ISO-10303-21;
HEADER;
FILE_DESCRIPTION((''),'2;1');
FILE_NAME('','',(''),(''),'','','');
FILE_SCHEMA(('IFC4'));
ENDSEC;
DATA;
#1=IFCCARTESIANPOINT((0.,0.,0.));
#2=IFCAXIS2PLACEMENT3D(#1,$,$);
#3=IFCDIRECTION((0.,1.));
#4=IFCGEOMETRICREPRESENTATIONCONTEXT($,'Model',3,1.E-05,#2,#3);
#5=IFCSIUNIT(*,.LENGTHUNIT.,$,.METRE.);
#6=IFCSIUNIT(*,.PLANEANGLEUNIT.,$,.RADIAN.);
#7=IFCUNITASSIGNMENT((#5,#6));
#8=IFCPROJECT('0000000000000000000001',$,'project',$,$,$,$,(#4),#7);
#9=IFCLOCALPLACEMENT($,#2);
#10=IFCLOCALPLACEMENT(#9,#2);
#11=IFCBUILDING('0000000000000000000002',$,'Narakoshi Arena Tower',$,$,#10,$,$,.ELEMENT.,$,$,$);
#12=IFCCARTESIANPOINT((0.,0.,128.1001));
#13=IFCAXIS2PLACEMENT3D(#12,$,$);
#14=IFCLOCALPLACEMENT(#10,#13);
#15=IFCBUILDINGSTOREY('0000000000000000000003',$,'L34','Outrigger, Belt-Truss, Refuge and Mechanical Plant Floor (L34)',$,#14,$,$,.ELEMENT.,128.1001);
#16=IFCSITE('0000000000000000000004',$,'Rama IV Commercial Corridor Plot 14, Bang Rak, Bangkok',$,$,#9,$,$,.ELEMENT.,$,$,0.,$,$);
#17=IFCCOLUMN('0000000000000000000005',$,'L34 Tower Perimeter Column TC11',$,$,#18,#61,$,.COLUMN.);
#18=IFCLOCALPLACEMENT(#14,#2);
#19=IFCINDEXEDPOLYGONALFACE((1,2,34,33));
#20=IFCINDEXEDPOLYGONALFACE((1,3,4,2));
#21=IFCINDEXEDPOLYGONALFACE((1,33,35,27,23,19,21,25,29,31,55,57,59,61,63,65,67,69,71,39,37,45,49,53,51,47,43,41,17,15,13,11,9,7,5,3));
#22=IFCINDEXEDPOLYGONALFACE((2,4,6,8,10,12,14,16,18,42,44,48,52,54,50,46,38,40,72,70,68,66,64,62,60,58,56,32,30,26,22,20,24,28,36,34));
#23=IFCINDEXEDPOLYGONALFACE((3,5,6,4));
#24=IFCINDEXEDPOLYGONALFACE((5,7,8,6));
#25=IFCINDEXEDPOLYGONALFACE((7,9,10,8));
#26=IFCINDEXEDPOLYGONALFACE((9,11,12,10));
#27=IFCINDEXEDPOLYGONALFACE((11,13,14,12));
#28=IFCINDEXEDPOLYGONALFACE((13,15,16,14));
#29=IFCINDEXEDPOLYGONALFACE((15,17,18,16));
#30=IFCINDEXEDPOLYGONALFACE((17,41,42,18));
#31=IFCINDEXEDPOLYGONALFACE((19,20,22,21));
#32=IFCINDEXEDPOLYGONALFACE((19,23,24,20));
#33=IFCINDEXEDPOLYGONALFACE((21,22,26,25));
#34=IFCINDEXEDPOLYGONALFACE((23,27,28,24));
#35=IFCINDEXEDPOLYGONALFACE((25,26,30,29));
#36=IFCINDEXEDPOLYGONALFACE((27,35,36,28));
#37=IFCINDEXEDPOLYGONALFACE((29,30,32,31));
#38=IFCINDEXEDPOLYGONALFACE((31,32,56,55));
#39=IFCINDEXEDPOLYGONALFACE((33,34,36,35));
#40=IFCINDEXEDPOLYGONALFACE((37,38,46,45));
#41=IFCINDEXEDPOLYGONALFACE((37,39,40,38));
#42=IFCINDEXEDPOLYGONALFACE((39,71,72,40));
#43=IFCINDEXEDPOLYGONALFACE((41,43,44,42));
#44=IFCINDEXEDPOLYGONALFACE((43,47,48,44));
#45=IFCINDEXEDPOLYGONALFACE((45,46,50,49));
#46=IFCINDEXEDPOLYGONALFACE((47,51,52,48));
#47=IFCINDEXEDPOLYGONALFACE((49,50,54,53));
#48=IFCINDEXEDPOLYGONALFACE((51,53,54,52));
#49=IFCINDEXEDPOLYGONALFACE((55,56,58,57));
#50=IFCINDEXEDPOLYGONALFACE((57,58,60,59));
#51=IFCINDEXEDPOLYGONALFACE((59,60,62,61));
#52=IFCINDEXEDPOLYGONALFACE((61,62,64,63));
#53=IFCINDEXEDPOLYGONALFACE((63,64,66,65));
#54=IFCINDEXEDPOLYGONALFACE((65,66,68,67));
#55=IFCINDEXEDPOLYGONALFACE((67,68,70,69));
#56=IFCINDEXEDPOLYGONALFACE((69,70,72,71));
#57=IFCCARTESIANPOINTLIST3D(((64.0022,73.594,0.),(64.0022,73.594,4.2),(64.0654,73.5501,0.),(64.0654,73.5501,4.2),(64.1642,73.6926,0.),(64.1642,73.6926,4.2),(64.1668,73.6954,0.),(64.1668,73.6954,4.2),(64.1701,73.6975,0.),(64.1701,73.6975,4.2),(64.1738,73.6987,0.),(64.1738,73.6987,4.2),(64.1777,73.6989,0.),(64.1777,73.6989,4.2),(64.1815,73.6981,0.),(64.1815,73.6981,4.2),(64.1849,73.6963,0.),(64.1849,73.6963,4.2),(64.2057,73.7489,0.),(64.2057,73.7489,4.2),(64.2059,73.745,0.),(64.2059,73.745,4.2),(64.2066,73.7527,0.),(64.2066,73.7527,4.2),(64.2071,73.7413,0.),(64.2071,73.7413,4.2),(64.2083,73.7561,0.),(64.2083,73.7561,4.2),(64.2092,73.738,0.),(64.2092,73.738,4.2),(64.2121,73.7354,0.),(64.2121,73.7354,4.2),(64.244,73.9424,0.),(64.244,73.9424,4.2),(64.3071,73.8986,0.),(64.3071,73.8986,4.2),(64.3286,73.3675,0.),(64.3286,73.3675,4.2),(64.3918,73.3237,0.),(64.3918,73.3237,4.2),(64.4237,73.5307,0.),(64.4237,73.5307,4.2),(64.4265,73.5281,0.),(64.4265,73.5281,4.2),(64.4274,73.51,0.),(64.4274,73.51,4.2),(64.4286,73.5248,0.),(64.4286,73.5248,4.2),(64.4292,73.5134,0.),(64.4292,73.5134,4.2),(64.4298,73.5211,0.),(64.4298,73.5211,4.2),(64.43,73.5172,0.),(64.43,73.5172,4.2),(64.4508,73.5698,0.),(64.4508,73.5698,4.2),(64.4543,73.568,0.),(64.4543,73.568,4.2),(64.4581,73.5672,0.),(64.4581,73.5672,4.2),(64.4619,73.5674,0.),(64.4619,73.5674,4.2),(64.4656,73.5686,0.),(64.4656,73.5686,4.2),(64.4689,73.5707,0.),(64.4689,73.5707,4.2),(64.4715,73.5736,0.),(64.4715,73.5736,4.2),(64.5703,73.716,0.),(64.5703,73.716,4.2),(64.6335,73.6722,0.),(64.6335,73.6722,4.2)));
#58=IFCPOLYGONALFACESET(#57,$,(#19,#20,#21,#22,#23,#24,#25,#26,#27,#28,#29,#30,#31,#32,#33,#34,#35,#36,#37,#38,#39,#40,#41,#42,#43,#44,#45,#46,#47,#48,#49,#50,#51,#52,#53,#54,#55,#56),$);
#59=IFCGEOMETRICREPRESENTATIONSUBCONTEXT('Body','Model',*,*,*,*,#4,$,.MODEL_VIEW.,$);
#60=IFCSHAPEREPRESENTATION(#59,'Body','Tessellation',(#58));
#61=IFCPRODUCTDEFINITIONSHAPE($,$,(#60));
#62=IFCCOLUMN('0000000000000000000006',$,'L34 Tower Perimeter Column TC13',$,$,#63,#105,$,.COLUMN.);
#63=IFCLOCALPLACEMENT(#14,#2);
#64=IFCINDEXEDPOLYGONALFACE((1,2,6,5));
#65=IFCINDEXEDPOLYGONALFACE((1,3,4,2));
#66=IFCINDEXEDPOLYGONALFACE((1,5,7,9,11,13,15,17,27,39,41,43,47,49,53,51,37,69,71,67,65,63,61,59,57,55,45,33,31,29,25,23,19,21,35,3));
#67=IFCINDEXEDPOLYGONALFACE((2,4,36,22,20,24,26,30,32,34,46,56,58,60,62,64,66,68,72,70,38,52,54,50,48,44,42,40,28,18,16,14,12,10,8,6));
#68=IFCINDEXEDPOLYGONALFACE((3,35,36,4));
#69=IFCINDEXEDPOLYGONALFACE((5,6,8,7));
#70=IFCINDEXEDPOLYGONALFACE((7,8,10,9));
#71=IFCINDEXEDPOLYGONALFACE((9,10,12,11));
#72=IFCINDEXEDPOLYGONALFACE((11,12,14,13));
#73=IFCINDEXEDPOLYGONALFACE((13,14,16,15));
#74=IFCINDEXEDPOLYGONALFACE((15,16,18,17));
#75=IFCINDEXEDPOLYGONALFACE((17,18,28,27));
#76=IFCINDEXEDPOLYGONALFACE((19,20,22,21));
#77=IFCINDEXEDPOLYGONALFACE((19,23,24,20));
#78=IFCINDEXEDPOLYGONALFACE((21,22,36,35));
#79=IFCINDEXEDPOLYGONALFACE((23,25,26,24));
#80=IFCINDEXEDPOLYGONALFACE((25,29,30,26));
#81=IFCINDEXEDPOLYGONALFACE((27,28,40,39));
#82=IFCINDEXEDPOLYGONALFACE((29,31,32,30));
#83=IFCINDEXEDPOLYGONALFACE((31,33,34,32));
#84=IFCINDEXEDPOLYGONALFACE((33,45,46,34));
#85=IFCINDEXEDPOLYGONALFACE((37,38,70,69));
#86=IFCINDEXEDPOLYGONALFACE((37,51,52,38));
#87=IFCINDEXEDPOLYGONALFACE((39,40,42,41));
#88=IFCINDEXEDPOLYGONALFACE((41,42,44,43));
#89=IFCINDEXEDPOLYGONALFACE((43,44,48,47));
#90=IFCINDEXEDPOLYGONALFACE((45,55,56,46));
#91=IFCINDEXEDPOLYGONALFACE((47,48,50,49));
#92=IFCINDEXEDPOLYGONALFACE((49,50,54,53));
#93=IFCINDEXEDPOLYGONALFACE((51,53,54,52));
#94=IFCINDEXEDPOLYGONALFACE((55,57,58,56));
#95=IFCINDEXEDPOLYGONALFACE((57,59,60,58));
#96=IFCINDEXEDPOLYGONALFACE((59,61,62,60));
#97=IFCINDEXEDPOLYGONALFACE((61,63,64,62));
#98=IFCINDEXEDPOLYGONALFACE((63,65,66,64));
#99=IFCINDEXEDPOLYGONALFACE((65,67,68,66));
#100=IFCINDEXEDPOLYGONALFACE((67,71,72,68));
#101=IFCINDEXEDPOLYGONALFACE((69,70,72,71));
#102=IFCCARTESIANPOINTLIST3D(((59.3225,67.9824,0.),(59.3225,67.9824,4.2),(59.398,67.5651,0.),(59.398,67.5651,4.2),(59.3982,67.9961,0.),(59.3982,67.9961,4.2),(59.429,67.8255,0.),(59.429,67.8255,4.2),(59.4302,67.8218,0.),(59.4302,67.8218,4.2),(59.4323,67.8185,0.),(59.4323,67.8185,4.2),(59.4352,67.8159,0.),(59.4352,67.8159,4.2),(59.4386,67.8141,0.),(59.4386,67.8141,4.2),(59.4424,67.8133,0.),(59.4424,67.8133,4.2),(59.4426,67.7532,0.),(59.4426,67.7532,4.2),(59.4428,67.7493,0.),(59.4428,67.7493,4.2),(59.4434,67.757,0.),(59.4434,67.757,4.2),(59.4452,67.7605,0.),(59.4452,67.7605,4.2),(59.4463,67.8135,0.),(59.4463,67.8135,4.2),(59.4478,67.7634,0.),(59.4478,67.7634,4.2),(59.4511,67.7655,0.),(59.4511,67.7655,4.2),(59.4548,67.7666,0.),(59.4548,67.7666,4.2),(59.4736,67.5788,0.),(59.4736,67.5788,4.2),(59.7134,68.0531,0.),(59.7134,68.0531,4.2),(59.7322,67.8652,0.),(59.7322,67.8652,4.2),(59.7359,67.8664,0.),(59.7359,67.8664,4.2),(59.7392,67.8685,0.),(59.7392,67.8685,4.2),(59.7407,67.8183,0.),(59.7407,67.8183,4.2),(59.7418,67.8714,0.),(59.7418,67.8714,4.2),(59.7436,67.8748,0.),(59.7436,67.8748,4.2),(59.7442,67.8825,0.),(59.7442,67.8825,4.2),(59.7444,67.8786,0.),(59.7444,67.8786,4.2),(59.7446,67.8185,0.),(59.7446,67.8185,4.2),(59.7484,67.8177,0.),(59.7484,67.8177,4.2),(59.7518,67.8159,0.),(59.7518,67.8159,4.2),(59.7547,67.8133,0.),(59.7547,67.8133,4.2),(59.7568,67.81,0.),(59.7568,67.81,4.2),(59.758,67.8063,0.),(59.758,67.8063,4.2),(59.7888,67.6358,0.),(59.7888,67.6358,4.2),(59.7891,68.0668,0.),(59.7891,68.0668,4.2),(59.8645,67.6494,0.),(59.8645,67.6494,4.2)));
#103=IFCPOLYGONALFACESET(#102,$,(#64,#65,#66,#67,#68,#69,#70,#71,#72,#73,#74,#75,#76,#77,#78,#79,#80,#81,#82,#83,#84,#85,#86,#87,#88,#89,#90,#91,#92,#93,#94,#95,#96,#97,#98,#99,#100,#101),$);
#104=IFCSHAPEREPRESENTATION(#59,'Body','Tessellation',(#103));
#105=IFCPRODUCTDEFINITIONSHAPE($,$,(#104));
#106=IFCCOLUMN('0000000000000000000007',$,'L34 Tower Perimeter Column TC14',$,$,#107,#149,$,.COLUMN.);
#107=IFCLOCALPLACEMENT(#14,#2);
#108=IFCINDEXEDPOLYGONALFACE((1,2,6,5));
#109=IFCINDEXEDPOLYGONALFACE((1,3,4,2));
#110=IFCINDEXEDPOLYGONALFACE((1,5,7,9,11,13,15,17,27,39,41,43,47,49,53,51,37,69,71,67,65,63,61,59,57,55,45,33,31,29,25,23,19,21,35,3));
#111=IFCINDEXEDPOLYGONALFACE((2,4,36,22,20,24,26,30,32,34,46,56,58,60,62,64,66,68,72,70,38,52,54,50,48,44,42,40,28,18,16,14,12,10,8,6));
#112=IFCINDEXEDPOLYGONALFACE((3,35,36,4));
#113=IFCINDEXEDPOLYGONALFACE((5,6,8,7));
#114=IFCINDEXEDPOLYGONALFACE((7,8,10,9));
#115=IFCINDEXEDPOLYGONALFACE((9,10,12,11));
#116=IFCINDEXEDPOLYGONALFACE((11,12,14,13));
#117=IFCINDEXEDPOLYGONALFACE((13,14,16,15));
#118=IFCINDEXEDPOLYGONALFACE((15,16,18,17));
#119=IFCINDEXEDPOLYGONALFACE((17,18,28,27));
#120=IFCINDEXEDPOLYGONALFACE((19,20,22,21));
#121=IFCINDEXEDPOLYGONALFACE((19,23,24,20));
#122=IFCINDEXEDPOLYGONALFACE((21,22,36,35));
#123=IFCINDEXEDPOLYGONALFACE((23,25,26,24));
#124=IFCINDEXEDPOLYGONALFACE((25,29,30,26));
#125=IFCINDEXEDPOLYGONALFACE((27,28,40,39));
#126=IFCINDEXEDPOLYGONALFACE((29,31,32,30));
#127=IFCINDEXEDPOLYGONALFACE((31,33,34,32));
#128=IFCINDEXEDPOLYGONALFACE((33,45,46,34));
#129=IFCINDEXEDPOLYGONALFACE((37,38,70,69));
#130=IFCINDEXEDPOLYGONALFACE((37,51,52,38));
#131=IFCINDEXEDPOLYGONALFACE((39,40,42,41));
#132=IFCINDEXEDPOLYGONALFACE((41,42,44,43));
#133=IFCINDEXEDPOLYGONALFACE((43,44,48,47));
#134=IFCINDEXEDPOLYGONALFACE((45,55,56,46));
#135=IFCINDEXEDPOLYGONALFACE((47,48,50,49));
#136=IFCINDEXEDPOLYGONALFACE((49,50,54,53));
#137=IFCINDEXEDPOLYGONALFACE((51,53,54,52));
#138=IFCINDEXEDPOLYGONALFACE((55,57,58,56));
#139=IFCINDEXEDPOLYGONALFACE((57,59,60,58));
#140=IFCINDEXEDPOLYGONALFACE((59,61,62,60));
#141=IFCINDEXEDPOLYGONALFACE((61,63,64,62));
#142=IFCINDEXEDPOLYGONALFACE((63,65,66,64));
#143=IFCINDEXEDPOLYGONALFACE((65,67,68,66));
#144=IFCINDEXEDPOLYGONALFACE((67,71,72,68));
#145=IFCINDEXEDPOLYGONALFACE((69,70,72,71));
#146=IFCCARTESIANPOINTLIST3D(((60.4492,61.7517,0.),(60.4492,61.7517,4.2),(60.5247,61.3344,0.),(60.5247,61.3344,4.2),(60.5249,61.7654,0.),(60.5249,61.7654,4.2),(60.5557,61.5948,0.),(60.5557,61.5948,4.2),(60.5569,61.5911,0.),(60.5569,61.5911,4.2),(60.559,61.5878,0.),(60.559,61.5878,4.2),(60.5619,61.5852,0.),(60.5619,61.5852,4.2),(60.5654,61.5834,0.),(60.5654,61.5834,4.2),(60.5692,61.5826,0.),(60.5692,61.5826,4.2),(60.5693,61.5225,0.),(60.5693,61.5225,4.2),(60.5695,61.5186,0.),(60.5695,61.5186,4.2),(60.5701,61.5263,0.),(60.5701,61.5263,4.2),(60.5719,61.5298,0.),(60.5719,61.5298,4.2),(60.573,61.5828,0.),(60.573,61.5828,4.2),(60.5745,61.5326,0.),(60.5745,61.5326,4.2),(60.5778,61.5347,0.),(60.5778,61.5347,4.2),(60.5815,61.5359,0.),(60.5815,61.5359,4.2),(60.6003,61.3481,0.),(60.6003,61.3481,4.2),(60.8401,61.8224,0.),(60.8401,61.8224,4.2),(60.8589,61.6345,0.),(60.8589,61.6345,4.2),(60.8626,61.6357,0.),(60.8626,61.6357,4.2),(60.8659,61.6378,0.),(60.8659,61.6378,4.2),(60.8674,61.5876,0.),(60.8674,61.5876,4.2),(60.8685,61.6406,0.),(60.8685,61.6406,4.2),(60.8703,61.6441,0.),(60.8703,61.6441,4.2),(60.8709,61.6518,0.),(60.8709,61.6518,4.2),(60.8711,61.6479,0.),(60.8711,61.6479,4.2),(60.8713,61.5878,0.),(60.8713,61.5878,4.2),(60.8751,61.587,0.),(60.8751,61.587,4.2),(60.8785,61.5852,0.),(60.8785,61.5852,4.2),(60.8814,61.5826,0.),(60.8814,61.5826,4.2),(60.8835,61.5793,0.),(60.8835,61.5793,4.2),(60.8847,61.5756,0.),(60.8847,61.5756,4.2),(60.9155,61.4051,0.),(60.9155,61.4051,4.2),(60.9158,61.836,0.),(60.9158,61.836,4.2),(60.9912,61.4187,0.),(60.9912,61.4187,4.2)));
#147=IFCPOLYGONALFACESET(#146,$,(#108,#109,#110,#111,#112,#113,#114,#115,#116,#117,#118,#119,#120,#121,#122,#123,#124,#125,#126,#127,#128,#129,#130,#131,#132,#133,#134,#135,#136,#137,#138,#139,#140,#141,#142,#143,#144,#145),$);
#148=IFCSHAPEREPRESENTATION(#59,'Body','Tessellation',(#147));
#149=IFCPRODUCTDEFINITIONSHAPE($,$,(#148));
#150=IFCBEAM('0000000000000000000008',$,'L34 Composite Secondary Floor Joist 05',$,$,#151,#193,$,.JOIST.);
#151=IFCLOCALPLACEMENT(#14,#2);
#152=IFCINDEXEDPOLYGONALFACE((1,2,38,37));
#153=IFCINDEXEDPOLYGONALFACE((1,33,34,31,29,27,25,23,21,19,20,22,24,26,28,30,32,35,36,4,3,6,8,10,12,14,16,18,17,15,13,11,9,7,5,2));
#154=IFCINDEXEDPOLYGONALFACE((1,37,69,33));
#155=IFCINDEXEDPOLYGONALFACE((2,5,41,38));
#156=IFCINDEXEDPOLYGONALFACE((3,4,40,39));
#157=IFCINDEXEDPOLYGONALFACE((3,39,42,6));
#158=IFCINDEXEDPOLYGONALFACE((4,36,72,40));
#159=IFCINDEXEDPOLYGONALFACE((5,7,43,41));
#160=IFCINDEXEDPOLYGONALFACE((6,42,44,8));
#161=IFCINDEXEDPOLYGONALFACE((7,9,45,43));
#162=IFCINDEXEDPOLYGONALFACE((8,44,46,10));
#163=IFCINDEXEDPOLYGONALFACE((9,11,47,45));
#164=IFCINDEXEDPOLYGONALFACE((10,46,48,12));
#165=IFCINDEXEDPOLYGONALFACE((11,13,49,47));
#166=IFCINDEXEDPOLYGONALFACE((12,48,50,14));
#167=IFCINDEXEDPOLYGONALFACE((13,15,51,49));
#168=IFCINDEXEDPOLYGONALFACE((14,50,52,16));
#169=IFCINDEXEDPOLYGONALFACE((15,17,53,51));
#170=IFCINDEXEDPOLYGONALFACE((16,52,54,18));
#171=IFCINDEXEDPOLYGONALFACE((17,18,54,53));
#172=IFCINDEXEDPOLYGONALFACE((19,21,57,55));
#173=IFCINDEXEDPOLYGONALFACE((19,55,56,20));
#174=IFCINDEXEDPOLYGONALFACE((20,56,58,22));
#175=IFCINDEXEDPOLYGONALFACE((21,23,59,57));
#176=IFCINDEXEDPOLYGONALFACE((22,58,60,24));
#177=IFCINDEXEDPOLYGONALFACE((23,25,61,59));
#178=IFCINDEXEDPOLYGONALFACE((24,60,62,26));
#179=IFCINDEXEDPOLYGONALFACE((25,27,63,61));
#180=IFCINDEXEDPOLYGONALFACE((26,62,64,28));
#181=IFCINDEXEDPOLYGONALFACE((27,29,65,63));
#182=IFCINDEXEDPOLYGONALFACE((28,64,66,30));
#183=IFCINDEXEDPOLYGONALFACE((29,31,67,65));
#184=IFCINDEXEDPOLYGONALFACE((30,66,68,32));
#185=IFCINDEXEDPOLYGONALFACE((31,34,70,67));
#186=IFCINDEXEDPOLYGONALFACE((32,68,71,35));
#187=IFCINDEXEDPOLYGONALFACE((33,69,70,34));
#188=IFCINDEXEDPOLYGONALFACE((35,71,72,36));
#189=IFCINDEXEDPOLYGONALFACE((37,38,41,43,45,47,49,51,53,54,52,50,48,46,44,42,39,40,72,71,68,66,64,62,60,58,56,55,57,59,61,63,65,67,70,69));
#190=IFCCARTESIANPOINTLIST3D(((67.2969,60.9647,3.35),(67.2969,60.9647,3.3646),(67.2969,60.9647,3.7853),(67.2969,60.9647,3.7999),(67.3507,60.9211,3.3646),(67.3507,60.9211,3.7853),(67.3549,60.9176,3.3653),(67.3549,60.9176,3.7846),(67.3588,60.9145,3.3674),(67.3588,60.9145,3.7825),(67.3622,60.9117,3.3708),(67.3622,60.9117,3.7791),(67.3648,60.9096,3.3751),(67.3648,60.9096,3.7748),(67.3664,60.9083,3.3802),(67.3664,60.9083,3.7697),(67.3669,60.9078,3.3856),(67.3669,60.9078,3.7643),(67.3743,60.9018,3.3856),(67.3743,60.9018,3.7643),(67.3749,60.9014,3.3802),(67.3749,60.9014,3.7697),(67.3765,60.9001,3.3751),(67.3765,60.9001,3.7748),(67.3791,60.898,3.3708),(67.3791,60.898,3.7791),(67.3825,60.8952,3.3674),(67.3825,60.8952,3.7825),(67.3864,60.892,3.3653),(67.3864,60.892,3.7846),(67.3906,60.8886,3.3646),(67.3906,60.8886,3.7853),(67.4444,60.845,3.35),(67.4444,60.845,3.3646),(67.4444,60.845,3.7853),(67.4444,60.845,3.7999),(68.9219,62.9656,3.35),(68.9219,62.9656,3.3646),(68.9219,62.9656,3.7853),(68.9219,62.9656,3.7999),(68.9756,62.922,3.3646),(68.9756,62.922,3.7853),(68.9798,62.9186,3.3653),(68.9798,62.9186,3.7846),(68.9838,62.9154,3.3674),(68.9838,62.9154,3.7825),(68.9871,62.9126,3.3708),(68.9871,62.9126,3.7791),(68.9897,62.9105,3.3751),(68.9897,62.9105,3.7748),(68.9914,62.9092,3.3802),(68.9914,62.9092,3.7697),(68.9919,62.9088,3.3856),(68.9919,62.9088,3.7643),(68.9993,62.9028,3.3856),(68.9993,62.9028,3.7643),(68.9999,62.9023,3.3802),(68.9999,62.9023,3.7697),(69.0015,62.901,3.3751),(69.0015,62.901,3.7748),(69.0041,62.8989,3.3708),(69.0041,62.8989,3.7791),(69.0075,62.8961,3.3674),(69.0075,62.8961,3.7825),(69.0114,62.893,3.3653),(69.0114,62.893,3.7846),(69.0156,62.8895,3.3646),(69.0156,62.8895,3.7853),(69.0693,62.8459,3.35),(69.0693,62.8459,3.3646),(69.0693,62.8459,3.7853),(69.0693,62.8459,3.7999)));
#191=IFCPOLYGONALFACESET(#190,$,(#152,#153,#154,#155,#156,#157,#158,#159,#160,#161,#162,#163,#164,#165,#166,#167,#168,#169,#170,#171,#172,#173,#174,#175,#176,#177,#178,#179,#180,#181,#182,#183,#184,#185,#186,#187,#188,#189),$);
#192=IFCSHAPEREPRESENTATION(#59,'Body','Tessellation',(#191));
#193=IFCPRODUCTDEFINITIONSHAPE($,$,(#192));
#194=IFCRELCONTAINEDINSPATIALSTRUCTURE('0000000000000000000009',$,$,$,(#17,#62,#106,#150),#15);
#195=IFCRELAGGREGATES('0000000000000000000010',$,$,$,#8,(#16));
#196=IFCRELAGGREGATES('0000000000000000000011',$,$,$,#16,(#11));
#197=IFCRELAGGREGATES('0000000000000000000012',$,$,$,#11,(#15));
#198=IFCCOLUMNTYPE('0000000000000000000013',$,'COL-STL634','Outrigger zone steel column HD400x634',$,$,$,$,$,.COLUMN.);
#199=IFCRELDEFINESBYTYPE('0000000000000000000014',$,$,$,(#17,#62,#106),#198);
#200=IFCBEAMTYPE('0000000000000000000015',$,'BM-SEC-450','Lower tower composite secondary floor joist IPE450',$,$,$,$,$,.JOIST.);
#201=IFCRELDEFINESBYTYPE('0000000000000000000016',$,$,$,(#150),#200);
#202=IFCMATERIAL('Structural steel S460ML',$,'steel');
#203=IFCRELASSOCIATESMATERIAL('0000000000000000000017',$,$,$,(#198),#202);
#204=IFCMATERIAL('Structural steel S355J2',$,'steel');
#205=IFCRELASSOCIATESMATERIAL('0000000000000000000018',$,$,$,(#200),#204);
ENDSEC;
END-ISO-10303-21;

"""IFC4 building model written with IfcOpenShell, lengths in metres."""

from ifc_helpers import new_model, si_unit, direction, frame, origin, origin_2d, place, context, subcontext, project, spatial, i_section, extrude, material, material_profile, profile_set, type_object, element, save


model = new_model("IFC4")

# Units and contexts
model_context = context("Model", 3, precision=1e-05, world=origin(), true_north=direction((0.0, 1.0)))
body_context = subcontext(model_context, "Body", "Model", "MODEL_VIEW")
ifc_project = project(units=[si_unit("LENGTHUNIT", "METRE"), si_unit("PLANEANGLEUNIT", "RADIAN")], contexts=[model_context])

# Site, building, storey
site_placement = place(None, origin())
site = spatial("IfcSite", under=ifc_project, at=site_placement, Name="Rama IV Commercial Corridor Plot 14, Bang Rak, Bangkok", CompositionType="ELEMENT", RefElevation=0.0)
building_placement = place(site_placement, origin())
building = spatial("IfcBuilding", under=site, at=building_placement, Name="Narakoshi Arena Tower", CompositionType="ELEMENT")
storey_placement = place(building_placement, frame((0.0, 0.0, 128.1001)))
storey = spatial("IfcBuildingStorey", under=building, at=storey_placement, Name="L34", Description="Outrigger, Belt-Truss, Refuge and Mechanical Plant Floor (L34)", CompositionType="ELEMENT", Elevation=128.1001)

# Columns
ifc_material_1 = material(Name="Structural steel S460ML", Category="steel")
ifc_material_profile_1 = material_profile(ifc_material_1, i_section(OverallWidth=0.4241, OverallDepth=0.4741, WebThickness=0.0476, FlangeThickness=0.0769, FilletRadius=0.0149, at=origin_2d()), Name="HD400x634")
ifc_profile_set_1 = profile_set([ifc_material_profile_1], Name="Structural steel S460ML")
column_type = type_object("IfcColumnType", Name="COL-STL634", Description="Outrigger zone steel column HD400x634", PredefinedType="COLUMN", material=ifc_profile_set_1)
for number, where, z_axis, x_axis, name in (
    (1, (64.3179, 73.6331, 0.0), (0.0, 0.0, 1.0), (0.569997, 0.821647, 0.0), "L34 Tower Perimeter Column TC11"),
    (2, (59.5935, 67.8159, 0.0), (0.0, 0.0, 1.0), (-0.177944, 0.984041, 0.0), "L34 Tower Perimeter Column TC13"),
    (3, (60.7202, 61.5852, 0.0), (0.0, 0.0, 1.0), (-0.177944, 0.984041, 0.0), "L34 Tower Perimeter Column TC14"),
):
    element("IfcColumn", number, at=place(storey_placement, frame(where, z_axis=z_axis, x_axis=x_axis)), inside=storey, type_object=column_type, Name=name, PredefinedType="COLUMN", context=body_context, shape_type="SweptSolid", body=[
        extrude(i_section(OverallWidth=0.4241, OverallDepth=0.4741, WebThickness=0.0476, FlangeThickness=0.0769, FilletRadius=0.0149, at=origin_2d()), origin(), (0.0, 0.0, 1.0), 4.2),
    ])

# Beam
ifc_material_2 = material(Name="Structural steel S355J2", Category="steel")
ifc_material_profile_2 = material_profile(ifc_material_2, i_section(OverallWidth=0.1899, OverallDepth=0.45, WebThickness=0.0095, FlangeThickness=0.0146, FilletRadius=0.021, at=origin_2d()), Name="IPE450")
ifc_profile_set_2 = profile_set([ifc_material_profile_2], Name="Structural steel S355J2")
beam_type_1 = type_object("IfcBeamType", Name="BM-SEC-450", Description="Lower tower composite secondary floor joist IPE450", PredefinedType="JOIST", material=ifc_profile_set_2)
beam_1_placement = place(storey_placement, frame((68.9956, 62.9058, 3.575), z_axis=(-0.630407, -0.776265, 0.0), x_axis=(0.776265, -0.630407, 0.0)))
element("IfcBeam", 4, at=beam_1_placement, inside=storey, type_object=beam_type_1, Name="L34 Composite Secondary Floor Joist 05", PredefinedType="JOIST", context=body_context, shape_type="SweptSolid", body=[
    extrude(i_section(OverallWidth=0.1899, OverallDepth=0.45, WebThickness=0.0095, FlangeThickness=0.0146, FilletRadius=0.021, at=origin_2d()), origin(), (0.0, 0.0, 1.0), 2.5776),
])

save(model, "model.ifc")
